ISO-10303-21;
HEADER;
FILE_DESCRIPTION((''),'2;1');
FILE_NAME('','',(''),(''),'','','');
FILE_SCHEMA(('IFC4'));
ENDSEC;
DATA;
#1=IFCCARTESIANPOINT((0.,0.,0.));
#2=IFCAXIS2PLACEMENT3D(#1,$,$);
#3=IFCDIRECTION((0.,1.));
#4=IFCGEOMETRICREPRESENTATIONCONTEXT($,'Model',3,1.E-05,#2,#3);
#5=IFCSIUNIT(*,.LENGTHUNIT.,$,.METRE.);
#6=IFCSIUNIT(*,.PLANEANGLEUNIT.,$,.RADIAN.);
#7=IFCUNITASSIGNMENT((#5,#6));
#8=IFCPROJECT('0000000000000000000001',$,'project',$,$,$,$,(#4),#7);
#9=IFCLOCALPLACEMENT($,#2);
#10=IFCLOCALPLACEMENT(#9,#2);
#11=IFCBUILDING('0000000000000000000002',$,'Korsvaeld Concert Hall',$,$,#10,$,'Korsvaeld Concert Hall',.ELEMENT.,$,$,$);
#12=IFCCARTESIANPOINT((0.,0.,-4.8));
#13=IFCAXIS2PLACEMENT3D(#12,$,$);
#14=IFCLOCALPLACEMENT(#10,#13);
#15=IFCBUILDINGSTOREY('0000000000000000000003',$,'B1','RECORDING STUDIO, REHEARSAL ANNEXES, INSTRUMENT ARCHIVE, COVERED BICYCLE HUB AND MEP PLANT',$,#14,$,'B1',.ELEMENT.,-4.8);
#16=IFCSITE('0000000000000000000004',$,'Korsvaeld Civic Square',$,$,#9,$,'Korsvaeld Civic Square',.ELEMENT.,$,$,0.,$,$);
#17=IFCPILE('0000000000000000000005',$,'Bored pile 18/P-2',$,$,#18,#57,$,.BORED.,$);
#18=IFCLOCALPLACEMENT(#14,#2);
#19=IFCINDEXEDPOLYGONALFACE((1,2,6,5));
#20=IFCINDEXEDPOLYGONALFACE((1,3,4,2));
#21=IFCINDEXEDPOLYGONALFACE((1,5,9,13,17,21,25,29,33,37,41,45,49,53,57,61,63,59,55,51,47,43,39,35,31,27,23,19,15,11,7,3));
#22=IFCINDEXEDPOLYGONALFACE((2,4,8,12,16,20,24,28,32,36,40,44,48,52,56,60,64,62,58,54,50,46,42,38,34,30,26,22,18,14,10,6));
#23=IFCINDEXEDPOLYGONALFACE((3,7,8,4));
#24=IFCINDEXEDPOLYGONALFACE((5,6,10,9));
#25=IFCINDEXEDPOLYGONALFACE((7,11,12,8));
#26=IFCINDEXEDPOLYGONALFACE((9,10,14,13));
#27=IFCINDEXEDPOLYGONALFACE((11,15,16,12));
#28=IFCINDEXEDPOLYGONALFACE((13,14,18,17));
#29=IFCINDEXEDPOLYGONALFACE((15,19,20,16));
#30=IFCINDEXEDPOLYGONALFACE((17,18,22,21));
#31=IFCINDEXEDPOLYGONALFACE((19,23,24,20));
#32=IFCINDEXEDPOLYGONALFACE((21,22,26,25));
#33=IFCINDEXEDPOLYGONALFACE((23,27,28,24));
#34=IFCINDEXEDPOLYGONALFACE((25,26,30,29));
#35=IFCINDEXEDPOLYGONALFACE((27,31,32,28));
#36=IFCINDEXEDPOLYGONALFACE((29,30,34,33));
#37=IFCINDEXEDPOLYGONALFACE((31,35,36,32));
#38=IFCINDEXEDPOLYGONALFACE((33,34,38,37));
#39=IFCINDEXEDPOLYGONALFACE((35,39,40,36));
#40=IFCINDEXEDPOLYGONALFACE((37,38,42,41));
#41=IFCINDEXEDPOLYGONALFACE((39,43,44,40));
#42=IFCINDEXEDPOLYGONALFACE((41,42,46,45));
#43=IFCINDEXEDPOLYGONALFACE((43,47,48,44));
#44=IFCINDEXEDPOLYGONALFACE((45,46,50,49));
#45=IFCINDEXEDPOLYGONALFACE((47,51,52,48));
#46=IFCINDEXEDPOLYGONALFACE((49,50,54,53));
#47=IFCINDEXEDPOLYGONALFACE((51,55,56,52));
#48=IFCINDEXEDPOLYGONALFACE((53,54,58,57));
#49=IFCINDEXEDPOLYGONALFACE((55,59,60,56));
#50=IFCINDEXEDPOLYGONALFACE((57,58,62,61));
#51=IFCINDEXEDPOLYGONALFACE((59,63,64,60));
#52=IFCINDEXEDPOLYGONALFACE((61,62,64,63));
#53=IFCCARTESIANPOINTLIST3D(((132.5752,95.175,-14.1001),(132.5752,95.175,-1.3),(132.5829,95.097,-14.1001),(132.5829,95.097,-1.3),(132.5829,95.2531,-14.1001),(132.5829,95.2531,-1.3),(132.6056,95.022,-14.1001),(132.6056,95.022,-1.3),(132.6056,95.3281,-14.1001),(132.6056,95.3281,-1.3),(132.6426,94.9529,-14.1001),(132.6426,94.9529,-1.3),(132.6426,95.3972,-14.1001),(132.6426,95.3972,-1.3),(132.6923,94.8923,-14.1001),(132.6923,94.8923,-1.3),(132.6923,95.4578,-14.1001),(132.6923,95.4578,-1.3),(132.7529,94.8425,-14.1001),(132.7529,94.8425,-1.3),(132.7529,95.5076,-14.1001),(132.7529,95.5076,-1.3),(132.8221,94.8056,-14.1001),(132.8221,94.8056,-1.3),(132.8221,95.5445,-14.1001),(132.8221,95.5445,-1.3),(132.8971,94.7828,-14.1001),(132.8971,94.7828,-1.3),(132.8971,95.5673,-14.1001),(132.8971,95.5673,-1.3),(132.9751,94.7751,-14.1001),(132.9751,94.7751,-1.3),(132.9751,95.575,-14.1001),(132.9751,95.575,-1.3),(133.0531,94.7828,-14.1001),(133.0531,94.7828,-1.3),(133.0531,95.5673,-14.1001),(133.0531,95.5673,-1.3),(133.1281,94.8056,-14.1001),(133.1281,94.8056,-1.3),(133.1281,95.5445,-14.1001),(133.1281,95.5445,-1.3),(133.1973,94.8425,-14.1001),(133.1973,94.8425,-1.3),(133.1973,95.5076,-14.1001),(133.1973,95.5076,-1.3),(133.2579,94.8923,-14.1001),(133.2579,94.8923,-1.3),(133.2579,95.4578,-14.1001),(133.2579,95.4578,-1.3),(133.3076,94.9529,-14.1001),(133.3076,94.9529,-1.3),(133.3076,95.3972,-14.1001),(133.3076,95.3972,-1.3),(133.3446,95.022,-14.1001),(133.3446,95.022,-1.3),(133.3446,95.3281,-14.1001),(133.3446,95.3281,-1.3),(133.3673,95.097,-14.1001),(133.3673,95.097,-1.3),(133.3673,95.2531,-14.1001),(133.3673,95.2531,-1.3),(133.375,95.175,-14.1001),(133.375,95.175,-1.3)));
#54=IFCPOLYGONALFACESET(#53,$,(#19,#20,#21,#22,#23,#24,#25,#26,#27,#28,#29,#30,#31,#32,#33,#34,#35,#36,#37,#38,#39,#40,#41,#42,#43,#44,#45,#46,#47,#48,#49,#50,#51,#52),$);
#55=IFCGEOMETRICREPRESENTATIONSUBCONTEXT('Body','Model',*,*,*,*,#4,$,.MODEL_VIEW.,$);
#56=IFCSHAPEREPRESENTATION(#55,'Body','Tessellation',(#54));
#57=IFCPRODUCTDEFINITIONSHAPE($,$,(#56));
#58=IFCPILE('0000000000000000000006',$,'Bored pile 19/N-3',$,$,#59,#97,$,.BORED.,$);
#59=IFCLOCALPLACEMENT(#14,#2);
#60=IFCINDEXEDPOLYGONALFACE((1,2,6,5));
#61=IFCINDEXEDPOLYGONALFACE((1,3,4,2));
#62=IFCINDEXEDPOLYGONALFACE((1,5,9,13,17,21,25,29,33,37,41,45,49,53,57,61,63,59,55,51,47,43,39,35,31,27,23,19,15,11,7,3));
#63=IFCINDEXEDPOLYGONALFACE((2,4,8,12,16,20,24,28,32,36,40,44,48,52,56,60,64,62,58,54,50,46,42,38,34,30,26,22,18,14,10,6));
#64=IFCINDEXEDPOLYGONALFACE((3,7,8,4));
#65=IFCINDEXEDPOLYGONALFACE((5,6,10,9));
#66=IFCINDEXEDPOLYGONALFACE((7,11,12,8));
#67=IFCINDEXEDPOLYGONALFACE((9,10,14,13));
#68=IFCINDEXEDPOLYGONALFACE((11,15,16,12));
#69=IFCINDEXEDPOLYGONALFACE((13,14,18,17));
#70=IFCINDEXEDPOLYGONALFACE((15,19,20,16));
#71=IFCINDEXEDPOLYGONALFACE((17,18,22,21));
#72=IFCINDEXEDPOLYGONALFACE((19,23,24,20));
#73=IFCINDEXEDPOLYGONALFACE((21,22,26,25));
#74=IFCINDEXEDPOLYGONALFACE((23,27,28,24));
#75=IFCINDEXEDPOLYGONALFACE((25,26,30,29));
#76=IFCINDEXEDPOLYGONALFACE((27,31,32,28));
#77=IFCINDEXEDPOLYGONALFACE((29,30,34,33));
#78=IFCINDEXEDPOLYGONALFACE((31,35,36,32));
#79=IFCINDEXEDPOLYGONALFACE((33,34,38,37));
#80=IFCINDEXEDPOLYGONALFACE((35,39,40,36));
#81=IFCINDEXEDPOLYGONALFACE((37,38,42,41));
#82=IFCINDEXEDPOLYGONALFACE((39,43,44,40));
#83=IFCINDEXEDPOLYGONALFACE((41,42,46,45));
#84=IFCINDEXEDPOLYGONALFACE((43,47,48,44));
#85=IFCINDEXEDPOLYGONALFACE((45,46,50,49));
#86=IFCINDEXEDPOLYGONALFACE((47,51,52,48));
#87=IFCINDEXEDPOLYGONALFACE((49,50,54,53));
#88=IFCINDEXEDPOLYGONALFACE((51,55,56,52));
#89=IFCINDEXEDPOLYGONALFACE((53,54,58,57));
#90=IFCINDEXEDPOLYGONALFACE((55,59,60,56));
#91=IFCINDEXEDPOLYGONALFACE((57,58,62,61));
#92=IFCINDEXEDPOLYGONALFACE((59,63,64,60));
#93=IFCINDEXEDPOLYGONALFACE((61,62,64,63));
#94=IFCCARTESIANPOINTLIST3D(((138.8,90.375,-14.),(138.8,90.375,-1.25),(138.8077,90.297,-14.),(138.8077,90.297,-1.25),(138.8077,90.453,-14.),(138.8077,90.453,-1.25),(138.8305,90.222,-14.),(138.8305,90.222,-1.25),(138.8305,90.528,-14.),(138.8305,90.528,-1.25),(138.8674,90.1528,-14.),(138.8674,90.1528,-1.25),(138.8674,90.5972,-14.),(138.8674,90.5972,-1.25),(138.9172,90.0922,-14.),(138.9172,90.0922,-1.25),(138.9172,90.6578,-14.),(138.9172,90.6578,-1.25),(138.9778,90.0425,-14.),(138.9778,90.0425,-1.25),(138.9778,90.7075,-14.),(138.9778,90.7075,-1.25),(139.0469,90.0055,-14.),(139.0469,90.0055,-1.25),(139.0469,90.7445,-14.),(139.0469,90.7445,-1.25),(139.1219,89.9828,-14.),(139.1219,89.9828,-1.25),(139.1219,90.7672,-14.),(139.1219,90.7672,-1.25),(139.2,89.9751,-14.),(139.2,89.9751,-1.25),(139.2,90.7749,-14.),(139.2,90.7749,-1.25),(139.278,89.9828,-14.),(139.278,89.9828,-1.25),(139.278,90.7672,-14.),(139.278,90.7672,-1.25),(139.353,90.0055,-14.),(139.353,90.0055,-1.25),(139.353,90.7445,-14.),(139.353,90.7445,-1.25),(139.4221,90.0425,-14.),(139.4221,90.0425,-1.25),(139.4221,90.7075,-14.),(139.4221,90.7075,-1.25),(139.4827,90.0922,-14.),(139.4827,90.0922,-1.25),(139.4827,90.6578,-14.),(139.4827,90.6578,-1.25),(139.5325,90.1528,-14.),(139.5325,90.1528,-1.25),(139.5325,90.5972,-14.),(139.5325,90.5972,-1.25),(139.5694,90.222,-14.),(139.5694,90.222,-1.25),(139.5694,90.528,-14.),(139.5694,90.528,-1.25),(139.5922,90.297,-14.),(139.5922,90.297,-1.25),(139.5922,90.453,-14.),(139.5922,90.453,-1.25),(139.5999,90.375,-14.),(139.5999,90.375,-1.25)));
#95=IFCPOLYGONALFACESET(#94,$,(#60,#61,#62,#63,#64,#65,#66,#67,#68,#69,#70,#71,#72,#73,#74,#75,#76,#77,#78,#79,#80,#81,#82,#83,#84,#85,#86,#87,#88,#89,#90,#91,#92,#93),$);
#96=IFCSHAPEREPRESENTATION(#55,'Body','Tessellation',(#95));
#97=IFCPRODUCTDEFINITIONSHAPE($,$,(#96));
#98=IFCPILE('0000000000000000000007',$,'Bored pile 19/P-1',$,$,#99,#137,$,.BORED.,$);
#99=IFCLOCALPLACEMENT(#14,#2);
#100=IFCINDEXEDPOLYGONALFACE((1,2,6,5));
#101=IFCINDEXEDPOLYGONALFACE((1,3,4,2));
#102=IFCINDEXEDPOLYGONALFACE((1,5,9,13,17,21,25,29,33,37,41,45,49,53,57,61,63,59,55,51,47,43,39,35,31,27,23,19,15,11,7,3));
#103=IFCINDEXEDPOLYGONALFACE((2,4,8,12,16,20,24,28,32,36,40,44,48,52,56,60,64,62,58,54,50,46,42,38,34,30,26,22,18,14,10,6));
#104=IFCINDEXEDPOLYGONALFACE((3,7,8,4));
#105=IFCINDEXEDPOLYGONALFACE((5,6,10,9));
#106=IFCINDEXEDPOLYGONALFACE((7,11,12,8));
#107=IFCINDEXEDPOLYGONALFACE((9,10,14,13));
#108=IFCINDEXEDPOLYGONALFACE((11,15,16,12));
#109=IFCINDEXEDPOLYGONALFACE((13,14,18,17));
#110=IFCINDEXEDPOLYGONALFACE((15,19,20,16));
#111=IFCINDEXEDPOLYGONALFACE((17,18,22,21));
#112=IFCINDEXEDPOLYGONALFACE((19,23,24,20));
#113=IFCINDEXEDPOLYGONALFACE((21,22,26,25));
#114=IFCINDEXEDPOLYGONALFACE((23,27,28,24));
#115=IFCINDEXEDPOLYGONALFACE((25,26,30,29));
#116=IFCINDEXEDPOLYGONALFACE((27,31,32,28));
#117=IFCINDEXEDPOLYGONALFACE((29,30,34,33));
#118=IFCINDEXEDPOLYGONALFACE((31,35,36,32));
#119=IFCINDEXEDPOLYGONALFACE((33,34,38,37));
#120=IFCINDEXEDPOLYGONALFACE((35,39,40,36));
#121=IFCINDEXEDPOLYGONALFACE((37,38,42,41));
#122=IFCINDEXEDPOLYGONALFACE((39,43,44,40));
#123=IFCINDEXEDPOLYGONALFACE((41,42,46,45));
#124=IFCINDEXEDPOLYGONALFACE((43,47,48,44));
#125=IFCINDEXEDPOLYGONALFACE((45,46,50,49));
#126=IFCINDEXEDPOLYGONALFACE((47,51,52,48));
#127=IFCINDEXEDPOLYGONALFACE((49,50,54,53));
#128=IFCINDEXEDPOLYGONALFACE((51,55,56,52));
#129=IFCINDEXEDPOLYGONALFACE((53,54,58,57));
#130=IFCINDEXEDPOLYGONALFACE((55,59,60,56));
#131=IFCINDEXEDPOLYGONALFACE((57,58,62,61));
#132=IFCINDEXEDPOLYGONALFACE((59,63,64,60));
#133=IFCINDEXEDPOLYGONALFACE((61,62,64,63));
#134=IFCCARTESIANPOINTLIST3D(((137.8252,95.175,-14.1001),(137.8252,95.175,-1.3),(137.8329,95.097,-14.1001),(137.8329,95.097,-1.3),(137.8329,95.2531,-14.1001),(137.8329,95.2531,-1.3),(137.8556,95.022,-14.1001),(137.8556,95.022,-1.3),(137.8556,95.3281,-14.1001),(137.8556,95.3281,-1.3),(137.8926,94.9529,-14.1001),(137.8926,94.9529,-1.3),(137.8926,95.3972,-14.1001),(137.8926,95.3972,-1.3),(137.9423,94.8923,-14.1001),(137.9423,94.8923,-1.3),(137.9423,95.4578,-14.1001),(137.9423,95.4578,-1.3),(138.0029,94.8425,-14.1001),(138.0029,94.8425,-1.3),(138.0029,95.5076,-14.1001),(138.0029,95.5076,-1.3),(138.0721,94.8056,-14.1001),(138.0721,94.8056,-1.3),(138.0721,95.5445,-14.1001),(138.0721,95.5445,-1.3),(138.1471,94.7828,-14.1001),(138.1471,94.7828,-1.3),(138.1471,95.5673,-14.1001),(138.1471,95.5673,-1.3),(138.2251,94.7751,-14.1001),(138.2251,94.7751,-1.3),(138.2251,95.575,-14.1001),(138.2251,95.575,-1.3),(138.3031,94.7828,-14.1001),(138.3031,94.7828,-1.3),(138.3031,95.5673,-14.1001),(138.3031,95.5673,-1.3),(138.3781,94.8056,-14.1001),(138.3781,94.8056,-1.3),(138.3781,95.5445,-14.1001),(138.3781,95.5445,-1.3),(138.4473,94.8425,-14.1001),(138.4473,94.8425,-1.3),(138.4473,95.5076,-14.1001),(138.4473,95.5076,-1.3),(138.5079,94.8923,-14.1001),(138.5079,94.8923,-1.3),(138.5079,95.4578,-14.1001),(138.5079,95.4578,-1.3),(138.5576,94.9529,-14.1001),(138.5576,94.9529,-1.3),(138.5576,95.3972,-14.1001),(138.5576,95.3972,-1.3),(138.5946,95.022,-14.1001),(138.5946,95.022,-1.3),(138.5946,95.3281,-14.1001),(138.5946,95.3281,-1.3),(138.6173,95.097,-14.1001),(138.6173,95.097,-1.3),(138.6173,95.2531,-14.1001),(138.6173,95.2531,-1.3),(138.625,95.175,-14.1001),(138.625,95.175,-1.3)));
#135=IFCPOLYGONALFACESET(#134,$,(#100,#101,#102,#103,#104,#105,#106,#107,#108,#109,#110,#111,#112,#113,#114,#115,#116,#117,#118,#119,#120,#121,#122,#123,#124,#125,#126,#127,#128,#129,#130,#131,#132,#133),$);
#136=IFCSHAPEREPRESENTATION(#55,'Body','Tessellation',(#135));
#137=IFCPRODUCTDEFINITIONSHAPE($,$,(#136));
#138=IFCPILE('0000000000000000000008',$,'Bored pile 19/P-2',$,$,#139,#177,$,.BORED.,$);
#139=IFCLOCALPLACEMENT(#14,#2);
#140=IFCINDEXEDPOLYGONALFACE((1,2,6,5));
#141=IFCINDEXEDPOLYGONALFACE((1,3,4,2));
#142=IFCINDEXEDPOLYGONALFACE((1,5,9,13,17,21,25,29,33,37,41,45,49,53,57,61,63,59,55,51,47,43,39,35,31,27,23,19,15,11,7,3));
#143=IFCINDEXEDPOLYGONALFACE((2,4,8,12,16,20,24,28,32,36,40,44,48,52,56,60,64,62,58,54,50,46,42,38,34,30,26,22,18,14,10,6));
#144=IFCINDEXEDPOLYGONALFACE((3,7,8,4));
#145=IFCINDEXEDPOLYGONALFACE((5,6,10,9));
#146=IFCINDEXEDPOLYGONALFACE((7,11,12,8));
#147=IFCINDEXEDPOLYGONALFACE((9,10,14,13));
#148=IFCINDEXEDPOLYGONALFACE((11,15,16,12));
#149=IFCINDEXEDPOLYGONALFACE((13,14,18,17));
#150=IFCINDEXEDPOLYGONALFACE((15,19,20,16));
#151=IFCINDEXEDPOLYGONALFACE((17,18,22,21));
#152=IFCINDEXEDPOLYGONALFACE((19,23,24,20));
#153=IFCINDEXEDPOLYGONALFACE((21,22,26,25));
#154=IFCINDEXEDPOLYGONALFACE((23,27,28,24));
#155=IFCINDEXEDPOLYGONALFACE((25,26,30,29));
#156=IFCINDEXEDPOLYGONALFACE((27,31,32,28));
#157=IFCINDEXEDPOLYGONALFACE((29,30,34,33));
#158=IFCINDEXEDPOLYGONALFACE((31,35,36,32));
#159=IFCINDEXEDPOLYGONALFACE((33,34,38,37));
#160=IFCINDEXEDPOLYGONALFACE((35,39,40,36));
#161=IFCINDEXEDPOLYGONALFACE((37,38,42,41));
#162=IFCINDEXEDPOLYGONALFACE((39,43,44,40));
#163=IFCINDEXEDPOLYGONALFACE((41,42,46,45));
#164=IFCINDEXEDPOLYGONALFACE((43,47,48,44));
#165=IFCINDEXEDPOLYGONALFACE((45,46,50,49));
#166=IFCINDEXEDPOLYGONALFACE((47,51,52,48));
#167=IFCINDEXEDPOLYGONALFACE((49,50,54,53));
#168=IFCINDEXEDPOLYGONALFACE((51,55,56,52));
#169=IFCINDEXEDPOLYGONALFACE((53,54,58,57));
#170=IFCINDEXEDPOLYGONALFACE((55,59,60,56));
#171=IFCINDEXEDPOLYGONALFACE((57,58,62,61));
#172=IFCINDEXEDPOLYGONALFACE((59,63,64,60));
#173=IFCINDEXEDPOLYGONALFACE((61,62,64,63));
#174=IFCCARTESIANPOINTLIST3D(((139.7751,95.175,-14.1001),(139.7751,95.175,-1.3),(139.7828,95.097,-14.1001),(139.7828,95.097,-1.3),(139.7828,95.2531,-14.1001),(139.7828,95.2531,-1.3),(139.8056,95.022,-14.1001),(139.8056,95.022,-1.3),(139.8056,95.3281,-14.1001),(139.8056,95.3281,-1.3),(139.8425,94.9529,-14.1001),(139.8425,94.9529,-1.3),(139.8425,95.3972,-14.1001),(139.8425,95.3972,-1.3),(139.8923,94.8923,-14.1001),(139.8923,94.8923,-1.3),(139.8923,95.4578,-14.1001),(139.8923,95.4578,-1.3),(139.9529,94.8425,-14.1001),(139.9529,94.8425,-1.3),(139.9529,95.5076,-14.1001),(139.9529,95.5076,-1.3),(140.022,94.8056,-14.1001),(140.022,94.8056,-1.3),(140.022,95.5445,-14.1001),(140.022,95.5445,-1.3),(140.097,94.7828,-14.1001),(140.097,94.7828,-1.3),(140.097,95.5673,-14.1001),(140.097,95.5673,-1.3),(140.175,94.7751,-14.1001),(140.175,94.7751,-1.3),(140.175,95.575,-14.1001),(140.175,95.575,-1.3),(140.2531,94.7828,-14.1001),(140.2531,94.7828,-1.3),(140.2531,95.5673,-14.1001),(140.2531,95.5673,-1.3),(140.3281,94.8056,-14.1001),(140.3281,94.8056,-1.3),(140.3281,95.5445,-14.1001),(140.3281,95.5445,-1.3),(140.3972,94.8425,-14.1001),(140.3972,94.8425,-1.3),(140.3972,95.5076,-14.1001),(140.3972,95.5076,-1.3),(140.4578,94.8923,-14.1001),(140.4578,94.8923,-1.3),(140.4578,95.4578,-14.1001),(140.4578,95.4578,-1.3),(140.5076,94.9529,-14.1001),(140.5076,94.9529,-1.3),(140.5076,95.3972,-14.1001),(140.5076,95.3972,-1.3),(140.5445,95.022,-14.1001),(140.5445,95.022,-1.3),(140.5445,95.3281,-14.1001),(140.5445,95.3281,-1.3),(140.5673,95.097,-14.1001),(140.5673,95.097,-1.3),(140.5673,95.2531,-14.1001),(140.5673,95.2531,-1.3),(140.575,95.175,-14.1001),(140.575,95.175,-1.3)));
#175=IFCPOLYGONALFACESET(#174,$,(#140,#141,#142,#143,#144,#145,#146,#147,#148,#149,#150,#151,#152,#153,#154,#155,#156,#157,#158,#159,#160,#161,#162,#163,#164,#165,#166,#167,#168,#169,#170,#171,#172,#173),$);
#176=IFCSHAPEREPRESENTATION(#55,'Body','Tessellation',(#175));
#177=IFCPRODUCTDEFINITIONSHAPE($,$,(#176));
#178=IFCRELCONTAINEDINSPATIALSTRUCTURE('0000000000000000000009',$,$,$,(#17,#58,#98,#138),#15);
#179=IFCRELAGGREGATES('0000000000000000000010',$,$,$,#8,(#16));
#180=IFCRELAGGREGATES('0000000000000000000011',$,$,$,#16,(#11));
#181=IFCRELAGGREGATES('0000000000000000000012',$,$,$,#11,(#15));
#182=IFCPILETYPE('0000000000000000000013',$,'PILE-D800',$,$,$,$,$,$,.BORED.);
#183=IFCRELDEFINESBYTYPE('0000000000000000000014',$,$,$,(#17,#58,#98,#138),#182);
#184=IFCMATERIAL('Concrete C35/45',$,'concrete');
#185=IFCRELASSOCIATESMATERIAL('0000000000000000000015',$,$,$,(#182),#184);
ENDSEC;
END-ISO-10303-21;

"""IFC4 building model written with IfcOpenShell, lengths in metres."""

from ifc_helpers import new_model, si_unit, direction, frame, origin, origin_2d, place, context, subcontext, project, spatial, circle, extrude, material, material_profile, profile_set, type_object, element, save


model = new_model("IFC4")

# Units and contexts
model_context = context("Model", 3, precision=1e-05, world=origin(), true_north=direction((0.0, 1.0)))
body_context = subcontext(model_context, "Body", "Model", "MODEL_VIEW")
ifc_project = project(units=[si_unit("LENGTHUNIT", "METRE"), si_unit("PLANEANGLEUNIT", "RADIAN")], contexts=[model_context])

# Site, building, storey
site_placement = place(None, origin())
site = spatial("IfcSite", under=ifc_project, at=site_placement, Name="Korsvaeld Civic Square", LongName="Korsvaeld Civic Square", CompositionType="ELEMENT", RefElevation=0.0)
building_placement = place(site_placement, origin())
building = spatial("IfcBuilding", under=site, at=building_placement, Name="Korsvaeld Concert Hall", LongName="Korsvaeld Concert Hall", CompositionType="ELEMENT")
storey_placement = place(building_placement, frame((0.0, 0.0, -4.8)))
storey = spatial("IfcBuildingStorey", under=building, at=storey_placement, Name="B1", Description="RECORDING STUDIO, REHEARSAL ANNEXES, INSTRUMENT ARCHIVE, COVERED BICYCLE HUB AND MEP PLANT", LongName="B1", CompositionType="ELEMENT", Elevation=-4.8)

# Shared definitions
ifc_material_1 = material(Name="Concrete C35/45", Category="concrete")

# Piles
ifc_material_profile_1 = material_profile(ifc_material_1, circle(Radius=0.3999, at=origin_2d()), Name="BORED PILE D800")
ifc_profile_set_1 = profile_set([ifc_material_profile_1], Name="Concrete C35/45")
pile_type_1 = type_object("IfcPileType", Name="PILE-D800", PredefinedType="BORED", material=ifc_profile_set_1)
pile_1_placement = place(storey_placement, frame((132.9751, 95.175, -1.3), z_axis=(0.0, 0.0, -1.0), x_axis=(1.0, 0.0, 0.0)))
element("IfcPile", 1, at=pile_1_placement, inside=storey, type_object=pile_type_1, Name="Bored pile 18/P-2", PredefinedType="BORED", context=body_context, shape_type="SweptSolid", body=[
    extrude(circle(Radius=0.3999, at=origin_2d()), origin(), (0.0, 0.0, 1.0), 12.8),
])
pile_2_placement = place(storey_placement, frame((139.2, 90.375, -1.25), z_axis=(0.0, 0.0, -1.0), x_axis=(1.0, 0.0, 0.0)))
element("IfcPile", 2, at=pile_2_placement, inside=storey, type_object=pile_type_1, Name="Bored pile 19/N-3", PredefinedType="BORED", context=body_context, shape_type="SweptSolid", body=[
    extrude(circle(Radius=0.3999, at=origin_2d()), origin(), (0.0, 0.0, 1.0), 12.75),
])
for number, where, z_axis, x_axis, name in (
    (3, (138.2251, 95.175, -1.3), (0.0, 0.0, -1.0), (1.0, 0.0, 0.0), "Bored pile 19/P-1"),
    (4, (140.175, 95.175, -1.3), (0.0, 0.0, -1.0), (1.0, 0.0, 0.0), "Bored pile 19/P-2"),
):
    element("IfcPile", number, at=place(storey_placement, frame(where, z_axis=z_axis, x_axis=x_axis)), inside=storey, type_object=pile_type_1, Name=name, PredefinedType="BORED", context=body_context, shape_type="SweptSolid", body=[
        extrude(circle(Radius=0.3999, at=origin_2d()), origin(), (0.0, 0.0, 1.0), 12.8),
    ])

save(model, "model.ifc")
